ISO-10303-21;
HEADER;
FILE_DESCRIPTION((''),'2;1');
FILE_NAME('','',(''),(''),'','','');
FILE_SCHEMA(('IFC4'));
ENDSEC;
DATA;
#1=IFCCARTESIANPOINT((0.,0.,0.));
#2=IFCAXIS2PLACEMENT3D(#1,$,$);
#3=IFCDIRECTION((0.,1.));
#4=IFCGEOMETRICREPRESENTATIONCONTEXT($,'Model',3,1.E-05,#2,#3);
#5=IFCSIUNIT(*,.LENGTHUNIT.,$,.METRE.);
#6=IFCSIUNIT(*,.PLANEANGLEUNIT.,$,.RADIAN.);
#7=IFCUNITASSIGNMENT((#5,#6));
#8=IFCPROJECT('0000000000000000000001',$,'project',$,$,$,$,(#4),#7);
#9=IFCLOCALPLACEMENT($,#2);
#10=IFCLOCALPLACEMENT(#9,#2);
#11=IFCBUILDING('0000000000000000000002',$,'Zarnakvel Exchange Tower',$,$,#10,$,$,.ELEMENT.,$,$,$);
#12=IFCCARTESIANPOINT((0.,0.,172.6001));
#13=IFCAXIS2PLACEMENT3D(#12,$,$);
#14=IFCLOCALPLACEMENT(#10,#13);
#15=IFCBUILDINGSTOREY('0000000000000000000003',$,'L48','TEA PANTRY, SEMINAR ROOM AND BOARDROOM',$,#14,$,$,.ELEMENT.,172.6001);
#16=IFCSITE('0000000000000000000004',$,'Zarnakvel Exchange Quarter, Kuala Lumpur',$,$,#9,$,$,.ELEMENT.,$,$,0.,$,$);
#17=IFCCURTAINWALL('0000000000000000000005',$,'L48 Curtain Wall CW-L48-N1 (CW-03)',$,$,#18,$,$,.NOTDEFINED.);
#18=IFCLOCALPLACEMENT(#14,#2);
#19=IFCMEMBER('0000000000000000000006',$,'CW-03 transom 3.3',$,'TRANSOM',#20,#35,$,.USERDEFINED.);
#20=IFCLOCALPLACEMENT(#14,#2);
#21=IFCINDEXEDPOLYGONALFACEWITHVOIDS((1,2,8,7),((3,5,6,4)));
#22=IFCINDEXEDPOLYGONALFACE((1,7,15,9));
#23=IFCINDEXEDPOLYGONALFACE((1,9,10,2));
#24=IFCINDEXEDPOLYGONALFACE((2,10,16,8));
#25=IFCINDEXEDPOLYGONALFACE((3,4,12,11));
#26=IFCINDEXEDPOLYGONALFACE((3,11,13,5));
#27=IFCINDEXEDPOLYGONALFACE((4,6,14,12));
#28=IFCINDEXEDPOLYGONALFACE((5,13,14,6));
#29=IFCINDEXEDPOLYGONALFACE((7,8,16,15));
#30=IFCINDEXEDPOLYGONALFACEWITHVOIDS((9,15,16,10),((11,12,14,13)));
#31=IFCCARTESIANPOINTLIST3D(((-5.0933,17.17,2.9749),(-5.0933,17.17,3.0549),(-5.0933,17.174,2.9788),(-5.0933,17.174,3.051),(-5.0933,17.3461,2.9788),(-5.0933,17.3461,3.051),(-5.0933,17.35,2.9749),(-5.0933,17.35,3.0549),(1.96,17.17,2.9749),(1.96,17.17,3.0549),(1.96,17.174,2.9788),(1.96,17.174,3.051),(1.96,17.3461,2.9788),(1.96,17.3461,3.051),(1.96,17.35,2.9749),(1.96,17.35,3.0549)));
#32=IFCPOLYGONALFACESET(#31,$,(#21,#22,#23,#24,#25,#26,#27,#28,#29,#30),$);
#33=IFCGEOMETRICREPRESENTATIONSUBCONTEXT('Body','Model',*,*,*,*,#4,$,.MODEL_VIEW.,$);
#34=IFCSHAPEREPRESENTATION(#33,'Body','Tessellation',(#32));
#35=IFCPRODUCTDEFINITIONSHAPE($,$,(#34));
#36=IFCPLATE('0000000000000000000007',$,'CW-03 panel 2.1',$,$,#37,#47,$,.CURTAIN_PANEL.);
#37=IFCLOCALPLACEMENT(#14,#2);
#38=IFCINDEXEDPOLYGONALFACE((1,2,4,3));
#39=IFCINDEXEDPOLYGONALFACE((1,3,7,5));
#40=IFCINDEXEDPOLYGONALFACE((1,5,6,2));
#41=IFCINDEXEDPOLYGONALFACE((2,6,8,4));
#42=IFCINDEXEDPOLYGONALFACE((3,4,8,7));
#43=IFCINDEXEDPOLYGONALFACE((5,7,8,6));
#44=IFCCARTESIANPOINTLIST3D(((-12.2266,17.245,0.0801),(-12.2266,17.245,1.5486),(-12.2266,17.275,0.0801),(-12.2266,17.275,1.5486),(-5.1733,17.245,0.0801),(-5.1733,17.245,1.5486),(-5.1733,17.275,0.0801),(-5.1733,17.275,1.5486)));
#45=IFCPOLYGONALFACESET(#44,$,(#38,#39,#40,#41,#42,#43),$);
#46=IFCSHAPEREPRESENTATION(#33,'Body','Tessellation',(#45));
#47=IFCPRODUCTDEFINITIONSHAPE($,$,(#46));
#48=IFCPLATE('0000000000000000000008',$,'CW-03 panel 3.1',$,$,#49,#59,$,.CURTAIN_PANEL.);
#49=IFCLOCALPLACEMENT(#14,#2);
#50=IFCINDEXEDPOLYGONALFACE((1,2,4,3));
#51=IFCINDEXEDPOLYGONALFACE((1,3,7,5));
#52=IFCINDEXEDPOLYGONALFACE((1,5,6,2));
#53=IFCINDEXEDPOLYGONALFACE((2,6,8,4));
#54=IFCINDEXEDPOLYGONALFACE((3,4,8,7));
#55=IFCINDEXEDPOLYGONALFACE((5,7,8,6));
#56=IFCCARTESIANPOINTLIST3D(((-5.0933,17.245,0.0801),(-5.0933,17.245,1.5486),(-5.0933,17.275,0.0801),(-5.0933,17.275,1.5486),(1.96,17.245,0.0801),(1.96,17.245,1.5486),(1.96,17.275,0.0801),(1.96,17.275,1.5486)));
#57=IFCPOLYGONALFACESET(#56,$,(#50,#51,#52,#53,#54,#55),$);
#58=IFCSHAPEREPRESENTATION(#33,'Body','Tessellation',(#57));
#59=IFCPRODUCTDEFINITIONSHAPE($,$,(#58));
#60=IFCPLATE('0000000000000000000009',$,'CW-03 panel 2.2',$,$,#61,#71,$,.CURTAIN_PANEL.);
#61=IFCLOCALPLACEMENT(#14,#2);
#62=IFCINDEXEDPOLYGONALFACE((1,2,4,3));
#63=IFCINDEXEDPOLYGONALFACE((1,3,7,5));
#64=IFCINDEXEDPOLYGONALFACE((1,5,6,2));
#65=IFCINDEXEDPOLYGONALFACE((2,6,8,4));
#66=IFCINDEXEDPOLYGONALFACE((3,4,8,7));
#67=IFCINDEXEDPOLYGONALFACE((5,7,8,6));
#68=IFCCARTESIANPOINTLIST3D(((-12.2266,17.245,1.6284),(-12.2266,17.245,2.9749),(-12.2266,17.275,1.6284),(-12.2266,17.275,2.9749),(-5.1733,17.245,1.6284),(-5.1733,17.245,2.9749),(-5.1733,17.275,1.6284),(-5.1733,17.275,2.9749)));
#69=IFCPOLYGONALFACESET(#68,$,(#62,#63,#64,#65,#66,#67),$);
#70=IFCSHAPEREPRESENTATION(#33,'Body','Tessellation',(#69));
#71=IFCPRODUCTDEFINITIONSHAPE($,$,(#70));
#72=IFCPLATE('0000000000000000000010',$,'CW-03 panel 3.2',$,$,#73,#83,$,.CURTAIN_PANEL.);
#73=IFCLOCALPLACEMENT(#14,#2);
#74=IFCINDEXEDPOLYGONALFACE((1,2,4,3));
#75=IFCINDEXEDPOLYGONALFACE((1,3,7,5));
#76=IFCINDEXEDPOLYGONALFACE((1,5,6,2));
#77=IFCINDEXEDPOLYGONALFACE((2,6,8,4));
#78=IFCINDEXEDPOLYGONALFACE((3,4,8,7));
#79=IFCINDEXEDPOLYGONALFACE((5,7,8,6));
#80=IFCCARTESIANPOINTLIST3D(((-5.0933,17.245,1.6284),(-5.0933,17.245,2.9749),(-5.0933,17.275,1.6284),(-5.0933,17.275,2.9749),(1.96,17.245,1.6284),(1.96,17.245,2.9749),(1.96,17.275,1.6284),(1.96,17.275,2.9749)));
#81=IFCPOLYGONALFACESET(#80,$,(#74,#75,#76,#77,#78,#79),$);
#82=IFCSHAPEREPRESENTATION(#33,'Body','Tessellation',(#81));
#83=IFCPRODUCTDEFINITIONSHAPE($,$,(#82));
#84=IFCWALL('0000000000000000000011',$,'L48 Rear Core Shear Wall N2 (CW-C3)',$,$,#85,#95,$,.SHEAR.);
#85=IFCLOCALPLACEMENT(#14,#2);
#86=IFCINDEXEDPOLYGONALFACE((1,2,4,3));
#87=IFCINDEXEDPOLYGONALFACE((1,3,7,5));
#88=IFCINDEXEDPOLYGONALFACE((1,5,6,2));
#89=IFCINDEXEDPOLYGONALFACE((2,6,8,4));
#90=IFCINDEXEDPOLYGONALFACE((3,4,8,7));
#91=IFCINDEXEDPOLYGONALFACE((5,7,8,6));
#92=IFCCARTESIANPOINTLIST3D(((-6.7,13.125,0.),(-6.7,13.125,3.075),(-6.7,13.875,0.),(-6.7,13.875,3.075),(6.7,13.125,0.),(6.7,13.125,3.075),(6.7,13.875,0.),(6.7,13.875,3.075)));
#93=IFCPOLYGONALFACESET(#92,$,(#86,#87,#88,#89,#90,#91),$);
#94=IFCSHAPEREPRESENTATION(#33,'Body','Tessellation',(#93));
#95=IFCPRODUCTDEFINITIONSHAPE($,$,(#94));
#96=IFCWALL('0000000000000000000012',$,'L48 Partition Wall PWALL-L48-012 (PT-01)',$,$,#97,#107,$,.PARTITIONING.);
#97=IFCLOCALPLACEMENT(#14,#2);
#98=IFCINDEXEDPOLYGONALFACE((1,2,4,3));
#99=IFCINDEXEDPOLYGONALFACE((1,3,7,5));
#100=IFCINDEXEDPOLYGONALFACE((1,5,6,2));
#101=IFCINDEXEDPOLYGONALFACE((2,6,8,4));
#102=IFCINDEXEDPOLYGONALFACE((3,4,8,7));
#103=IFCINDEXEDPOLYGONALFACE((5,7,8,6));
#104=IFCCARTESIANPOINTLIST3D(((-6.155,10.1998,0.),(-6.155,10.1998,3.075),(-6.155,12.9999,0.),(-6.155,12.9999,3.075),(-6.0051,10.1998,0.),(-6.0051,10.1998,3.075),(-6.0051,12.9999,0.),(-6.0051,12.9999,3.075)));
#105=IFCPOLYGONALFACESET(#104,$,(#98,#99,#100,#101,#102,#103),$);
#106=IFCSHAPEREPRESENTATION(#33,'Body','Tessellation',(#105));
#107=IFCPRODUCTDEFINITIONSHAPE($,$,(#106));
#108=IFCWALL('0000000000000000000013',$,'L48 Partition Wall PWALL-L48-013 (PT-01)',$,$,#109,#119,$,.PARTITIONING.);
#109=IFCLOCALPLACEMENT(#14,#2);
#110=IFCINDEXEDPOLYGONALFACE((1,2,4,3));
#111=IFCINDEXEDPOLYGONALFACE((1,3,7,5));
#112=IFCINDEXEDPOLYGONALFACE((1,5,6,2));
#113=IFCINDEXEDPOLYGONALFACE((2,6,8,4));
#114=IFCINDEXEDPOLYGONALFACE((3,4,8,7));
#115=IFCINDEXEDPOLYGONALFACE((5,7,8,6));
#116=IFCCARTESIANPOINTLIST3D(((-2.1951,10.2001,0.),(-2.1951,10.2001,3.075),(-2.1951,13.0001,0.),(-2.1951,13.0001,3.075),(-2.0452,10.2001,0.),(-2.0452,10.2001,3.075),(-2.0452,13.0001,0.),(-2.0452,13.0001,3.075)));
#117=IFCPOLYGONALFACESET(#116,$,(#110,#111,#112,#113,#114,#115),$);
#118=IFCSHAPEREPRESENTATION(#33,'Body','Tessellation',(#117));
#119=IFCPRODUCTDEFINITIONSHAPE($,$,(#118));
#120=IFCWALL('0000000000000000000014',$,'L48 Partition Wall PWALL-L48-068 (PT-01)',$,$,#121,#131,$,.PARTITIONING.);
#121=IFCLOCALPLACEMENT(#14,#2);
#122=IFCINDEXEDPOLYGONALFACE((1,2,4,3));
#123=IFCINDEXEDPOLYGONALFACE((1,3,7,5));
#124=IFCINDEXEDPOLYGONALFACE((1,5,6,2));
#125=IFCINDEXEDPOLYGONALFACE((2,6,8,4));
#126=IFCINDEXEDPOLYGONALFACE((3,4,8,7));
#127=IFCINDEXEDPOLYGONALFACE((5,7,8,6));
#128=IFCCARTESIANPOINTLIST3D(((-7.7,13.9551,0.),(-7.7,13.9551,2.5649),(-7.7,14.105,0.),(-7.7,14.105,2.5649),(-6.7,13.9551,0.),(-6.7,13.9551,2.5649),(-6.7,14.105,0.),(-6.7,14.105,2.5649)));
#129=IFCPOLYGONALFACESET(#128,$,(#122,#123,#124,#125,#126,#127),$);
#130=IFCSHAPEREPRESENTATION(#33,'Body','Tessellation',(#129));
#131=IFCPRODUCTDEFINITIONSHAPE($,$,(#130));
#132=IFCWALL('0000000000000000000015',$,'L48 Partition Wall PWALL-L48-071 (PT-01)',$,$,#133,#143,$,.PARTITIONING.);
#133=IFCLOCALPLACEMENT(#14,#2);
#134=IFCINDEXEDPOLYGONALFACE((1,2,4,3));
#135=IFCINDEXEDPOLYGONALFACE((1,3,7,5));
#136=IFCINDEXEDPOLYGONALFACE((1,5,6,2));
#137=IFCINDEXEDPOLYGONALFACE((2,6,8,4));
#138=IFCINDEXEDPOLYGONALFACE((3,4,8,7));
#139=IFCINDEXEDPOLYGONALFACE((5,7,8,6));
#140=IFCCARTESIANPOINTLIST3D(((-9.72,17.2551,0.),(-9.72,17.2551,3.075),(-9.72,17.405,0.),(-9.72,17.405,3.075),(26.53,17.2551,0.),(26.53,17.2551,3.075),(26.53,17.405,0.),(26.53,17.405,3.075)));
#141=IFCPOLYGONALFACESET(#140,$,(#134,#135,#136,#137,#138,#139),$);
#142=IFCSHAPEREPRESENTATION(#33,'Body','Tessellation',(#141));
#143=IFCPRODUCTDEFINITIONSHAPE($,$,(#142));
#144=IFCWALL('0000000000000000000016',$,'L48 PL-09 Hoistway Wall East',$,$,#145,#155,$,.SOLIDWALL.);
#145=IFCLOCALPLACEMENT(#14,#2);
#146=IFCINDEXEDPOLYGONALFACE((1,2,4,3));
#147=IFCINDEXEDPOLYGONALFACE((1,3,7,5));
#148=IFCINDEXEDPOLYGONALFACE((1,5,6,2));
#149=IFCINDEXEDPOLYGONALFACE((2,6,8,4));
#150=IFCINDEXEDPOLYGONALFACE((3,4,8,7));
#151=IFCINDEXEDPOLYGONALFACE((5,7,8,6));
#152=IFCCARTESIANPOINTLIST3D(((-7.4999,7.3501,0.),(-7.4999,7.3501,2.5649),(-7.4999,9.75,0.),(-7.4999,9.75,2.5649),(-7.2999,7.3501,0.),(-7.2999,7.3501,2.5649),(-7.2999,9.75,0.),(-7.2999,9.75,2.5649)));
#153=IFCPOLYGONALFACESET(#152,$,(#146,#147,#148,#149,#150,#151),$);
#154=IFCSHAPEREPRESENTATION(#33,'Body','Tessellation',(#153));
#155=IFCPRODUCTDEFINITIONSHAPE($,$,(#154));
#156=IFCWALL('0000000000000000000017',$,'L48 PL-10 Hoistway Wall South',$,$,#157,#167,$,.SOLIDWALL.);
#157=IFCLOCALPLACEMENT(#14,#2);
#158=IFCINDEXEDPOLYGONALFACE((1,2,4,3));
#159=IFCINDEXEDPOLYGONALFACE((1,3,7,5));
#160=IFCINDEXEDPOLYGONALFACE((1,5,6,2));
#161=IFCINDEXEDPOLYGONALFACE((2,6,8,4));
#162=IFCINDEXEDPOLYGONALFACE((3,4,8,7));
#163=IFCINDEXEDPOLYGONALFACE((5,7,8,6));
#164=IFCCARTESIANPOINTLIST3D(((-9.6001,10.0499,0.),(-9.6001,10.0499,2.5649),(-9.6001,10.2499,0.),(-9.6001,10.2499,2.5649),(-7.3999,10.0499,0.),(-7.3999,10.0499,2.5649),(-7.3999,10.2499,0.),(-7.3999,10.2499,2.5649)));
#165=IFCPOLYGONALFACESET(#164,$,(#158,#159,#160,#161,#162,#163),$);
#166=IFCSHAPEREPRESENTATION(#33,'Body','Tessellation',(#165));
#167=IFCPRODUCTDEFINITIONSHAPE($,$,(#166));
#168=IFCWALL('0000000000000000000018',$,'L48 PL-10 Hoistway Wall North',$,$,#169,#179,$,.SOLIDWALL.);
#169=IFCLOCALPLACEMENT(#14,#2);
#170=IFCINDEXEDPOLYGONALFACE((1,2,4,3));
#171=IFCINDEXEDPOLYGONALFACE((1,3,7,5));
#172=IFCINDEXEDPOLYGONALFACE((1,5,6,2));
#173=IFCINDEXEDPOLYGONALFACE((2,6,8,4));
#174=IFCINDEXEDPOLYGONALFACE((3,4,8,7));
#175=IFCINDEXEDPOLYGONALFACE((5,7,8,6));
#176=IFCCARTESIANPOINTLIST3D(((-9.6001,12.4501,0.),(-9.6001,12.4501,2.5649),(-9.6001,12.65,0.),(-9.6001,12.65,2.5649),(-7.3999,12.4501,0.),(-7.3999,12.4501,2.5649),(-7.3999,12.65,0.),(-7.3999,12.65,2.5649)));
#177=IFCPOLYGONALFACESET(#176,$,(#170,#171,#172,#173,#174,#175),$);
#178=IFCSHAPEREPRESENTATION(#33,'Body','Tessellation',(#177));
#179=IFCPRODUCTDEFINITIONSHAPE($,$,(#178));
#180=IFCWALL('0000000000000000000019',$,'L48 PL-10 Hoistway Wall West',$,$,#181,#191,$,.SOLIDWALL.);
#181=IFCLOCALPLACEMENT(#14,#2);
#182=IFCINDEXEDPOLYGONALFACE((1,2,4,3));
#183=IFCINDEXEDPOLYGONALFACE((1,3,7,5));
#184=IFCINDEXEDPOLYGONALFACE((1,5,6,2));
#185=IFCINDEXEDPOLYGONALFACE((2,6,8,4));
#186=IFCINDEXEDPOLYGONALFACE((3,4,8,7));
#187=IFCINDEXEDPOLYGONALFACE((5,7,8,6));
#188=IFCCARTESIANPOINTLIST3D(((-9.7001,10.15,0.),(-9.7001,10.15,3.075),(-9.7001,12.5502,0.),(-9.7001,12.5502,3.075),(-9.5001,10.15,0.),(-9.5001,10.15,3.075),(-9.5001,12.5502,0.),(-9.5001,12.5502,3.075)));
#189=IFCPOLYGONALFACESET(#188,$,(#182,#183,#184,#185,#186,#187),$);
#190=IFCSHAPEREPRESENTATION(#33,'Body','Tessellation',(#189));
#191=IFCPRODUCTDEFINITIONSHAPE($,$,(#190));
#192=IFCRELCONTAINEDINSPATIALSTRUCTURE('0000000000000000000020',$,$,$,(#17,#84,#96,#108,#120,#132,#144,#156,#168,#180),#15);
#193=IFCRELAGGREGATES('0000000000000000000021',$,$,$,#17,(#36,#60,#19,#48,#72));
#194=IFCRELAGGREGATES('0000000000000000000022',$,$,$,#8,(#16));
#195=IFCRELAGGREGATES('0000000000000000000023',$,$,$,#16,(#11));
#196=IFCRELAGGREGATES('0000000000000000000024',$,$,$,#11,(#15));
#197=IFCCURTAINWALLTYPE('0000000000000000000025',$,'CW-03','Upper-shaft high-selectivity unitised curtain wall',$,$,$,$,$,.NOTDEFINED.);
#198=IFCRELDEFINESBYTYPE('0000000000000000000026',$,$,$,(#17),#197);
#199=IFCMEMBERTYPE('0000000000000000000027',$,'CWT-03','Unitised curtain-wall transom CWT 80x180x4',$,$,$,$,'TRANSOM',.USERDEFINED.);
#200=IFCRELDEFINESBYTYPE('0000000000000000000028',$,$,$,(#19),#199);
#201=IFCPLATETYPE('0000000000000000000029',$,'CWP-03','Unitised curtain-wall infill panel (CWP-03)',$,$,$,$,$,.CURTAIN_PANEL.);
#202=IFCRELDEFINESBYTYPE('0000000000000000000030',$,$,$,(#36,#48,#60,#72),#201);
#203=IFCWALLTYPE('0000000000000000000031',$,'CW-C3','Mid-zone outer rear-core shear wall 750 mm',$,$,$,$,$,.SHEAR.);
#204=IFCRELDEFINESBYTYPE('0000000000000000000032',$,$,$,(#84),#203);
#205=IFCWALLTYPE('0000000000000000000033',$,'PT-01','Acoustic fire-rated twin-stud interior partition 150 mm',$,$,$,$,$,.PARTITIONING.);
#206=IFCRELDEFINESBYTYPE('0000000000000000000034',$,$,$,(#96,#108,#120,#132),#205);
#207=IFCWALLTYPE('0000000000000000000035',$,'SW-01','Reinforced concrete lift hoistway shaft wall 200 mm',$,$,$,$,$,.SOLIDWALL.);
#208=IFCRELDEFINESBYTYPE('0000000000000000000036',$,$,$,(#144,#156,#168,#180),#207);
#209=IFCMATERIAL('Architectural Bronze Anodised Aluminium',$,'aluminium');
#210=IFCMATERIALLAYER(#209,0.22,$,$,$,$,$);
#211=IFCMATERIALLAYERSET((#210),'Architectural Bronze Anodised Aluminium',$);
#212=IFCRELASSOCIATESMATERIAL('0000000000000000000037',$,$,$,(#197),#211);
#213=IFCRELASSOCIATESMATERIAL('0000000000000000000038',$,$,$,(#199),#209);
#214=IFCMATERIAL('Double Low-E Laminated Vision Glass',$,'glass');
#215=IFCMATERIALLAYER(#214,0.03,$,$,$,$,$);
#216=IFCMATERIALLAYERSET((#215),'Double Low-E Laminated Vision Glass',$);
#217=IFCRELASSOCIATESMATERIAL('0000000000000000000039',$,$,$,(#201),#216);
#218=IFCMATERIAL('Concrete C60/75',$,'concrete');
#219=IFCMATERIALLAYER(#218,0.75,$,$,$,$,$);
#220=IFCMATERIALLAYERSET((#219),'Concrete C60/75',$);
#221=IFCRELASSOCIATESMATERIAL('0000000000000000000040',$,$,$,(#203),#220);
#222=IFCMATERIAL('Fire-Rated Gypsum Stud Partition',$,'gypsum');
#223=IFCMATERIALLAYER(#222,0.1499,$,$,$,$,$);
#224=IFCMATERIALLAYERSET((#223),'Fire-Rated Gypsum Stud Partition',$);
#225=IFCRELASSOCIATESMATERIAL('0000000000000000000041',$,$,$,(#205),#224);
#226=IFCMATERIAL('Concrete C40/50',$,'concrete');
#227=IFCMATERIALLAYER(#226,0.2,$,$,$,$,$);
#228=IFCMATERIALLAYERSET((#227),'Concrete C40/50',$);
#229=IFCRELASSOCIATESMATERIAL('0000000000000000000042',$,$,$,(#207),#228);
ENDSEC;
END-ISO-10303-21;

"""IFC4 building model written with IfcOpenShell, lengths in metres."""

from ifc_helpers import new_model, si_unit, direction, frame, frame_2d, origin, origin_2d, place, context, subcontext, project, spatial, rectangle, hollow_rectangle, extrude, source, transform, mapped, material, layer, layer_set, material_profile, profile_set, type_object, element, aggregate, save


model = new_model("IFC4")

# Units and contexts
model_context = context("Model", 3, precision=1e-05, world=origin(), true_north=direction((0.0, 1.0)))
body_context = subcontext(model_context, "Body", "Model", "MODEL_VIEW")
ifc_project = project(units=[si_unit("LENGTHUNIT", "METRE"), si_unit("PLANEANGLEUNIT", "RADIAN")], contexts=[model_context])

# Site, building, storey
site_placement = place(None, origin())
site = spatial("IfcSite", under=ifc_project, at=site_placement, Name="Zarnakvel Exchange Quarter, Kuala Lumpur", CompositionType="ELEMENT", RefElevation=0.0)
building_placement = place(site_placement, origin())
building = spatial("IfcBuilding", under=site, at=building_placement, Name="Zarnakvel Exchange Tower", CompositionType="ELEMENT")
storey_placement = place(building_placement, frame((0.0, 0.0, 172.6001)))
storey = spatial("IfcBuildingStorey", under=building, at=storey_placement, Name="L48", Description="TEA PANTRY, SEMINAR ROOM AND BOARDROOM", CompositionType="ELEMENT", Elevation=172.6001)

# Shared definitions
ifc_material_1 = material(Name="Concrete C60/75", Category="concrete")

# Curtain wall, member, plates
ifc_material_2 = material(Name="Architectural Bronze Anodised Aluminium", Category="aluminium")
ifc_layer_1 = layer(ifc_material_2, 0.22)
ifc_layer_set_1 = layer_set([ifc_layer_1], Name="Architectural Bronze Anodised Aluminium")
curtain_wall_type = type_object("IfcCurtainWallType", Name="CW-03", Description="Upper-shaft high-selectivity unitised curtain wall", PredefinedType="NOTDEFINED", material=ifc_layer_set_1)
curtain_wall_placement = place(storey_placement, origin())
curtain_wall = element("IfcCurtainWall", 1, at=curtain_wall_placement, inside=storey, type_object=curtain_wall_type, Name="L48 Curtain Wall CW-L48-N1 (CW-03)", PredefinedType="NOTDEFINED")
ifc_material_profile_1 = material_profile(ifc_material_2, hollow_rectangle(XDim=0.1799, YDim=0.0801, WallThickness=0.0039, at=origin_2d()))
ifc_profile_set_1 = profile_set([ifc_material_profile_1], Name="Architectural Bronze Anodised Aluminium")
member_type_1 = type_object("IfcMemberType", Name="CWT-03", Description="Unitised curtain-wall transom CWT 80x180x4", ElementType="TRANSOM", PredefinedType="USERDEFINED", material=ifc_profile_set_1)
shared_shape_1 = source(origin(), body_context, "Body", "SweptSolid", [
    extrude(hollow_rectangle(XDim=0.1799, YDim=0.0801, WallThickness=0.0039, at=origin_2d()), origin(), (0.0, 0.0, 1.0), 7.0532),
])
member_1_placement = place(storey_placement, frame((-5.0933, 17.26, 3.0149), z_axis=(1.0, 0.0, 0.0), x_axis=(0.0, 1.0, 0.0)))
member_1 = element("IfcMember", 2, at=member_1_placement, type_object=member_type_1, Name="CW-03 transom 3.3", ObjectType="TRANSOM", PredefinedType="USERDEFINED", context=body_context, shape_type="MappedRepresentation", body=[
    mapped(shared_shape_1, transform((0.0, 0.0, 0.0), x_axis=(1.0, 0.0, 0.0), y_axis=(0.0, 1.0, 0.0), z_axis=(0.0, 0.0, 1.0), scale=1.0)),
])
ifc_material_3 = material(Name="Double Low-E Laminated Vision Glass", Category="glass")
ifc_layer_2 = layer(ifc_material_3, 0.03)
ifc_layer_set_2 = layer_set([ifc_layer_2], Name="Double Low-E Laminated Vision Glass")
plate_type = type_object("IfcPlateType", Name="CWP-03", Description="Unitised curtain-wall infill panel (CWP-03)", PredefinedType="CURTAIN_PANEL", material=ifc_layer_set_2)
shared_shape_2 = source(origin(), body_context, "Body", "SweptSolid", [
    extrude(rectangle(XDim=7.0532, YDim=0.03, at=origin_2d()), origin(), (0.0, 0.0, 1.0), 1.4685),
])
plate_1_placement = place(storey_placement, frame((-8.7, 17.26, 0.0801), z_axis=(0.0, 0.0, 1.0), x_axis=(1.0, 0.0, 0.0)))
plate_1 = element("IfcPlate", 3, at=plate_1_placement, type_object=plate_type, Name="CW-03 panel 2.1", PredefinedType="CURTAIN_PANEL", context=body_context, shape_type="MappedRepresentation", body=[
    mapped(shared_shape_2, transform((0.0, 0.0, 0.0), x_axis=(1.0, 0.0, 0.0), y_axis=(0.0, 1.0, 0.0), z_axis=(0.0, 0.0, 1.0), scale=1.0)),
])
plate_2_placement = place(storey_placement, frame((-1.5667, 17.26, 0.0801), z_axis=(0.0, 0.0, 1.0), x_axis=(1.0, 0.0, 0.0)))
plate_2 = element("IfcPlate", 4, at=plate_2_placement, type_object=plate_type, Name="CW-03 panel 3.1", PredefinedType="CURTAIN_PANEL", context=body_context, shape_type="MappedRepresentation", body=[
    mapped(shared_shape_2, transform((0.0, 0.0, 0.0), x_axis=(1.0, 0.0, 0.0), y_axis=(0.0, 1.0, 0.0), z_axis=(0.0, 0.0, 1.0), scale=1.0)),
])
shared_shape_3 = source(origin(), body_context, "Body", "SweptSolid", [
    extrude(rectangle(XDim=7.0532, YDim=0.03, at=origin_2d()), origin(), (0.0, 0.0, 1.0), 1.3464),
])
plate_3_placement = place(storey_placement, frame((-8.7, 17.26, 1.6284), z_axis=(0.0, 0.0, 1.0), x_axis=(1.0, 0.0, 0.0)))
plate_3 = element("IfcPlate", 5, at=plate_3_placement, type_object=plate_type, Name="CW-03 panel 2.2", PredefinedType="CURTAIN_PANEL", context=body_context, shape_type="MappedRepresentation", body=[
    mapped(shared_shape_3, transform((0.0, 0.0, 0.0), x_axis=(1.0, 0.0, 0.0), y_axis=(0.0, 1.0, 0.0), z_axis=(0.0, 0.0, 1.0), scale=1.0)),
])
plate_4_placement = place(storey_placement, frame((-1.5667, 17.26, 1.6284), z_axis=(0.0, 0.0, 1.0), x_axis=(1.0, 0.0, 0.0)))
plate_4 = element("IfcPlate", 6, at=plate_4_placement, type_object=plate_type, Name="CW-03 panel 3.2", PredefinedType="CURTAIN_PANEL", context=body_context, shape_type="MappedRepresentation", body=[
    mapped(shared_shape_3, transform((0.0, 0.0, 0.0), x_axis=(1.0, 0.0, 0.0), y_axis=(0.0, 1.0, 0.0), z_axis=(0.0, 0.0, 1.0), scale=1.0)),
])
aggregate(curtain_wall, [plate_1, plate_3, member_1, plate_2, plate_4])

# Wall
ifc_layer_3 = layer(ifc_material_1, 0.75)
ifc_layer_set_3 = layer_set([ifc_layer_3], Name="Concrete C60/75")
wall_type_1 = type_object("IfcWallType", Name="CW-C3", Description="Mid-zone outer rear-core shear wall 750 mm", PredefinedType="SHEAR", material=ifc_layer_set_3)
wall_1_placement = place(storey_placement, frame((-6.7, 13.5, 0.0), z_axis=(0.0, 0.0, 1.0), x_axis=(1.0, 0.0, 0.0)))
element("IfcWall", 7, at=wall_1_placement, inside=storey, type_object=wall_type_1, Name="L48 Rear Core Shear Wall N2 (CW-C3)", PredefinedType="SHEAR", context=body_context, shape_type="SweptSolid", body=[
    extrude(rectangle(XDim=13.3999, YDim=0.75, at=frame_2d((6.7, 0.0))), origin(), (0.0, 0.0, 1.0), 3.075),
])

# Shared definitions
ifc_material_4 = material(Name="Fire-Rated Gypsum Stud Partition", Category="gypsum")
ifc_layer_4 = layer(ifc_material_4, 0.1499)
ifc_layer_set_4 = layer_set([ifc_layer_4], Name="Fire-Rated Gypsum Stud Partition")
wall_type_2 = type_object("IfcWallType", Name="PT-01", Description="Acoustic fire-rated twin-stud interior partition 150 mm", PredefinedType="PARTITIONING", material=ifc_layer_set_4)

# Walls
for number, where, z_axis, x_axis, name in (
    (8, (-6.0801, 10.2, 0.0), (0.0, 0.0, 1.0), (0.0, 1.0, 0.0), "L48 Partition Wall PWALL-L48-012 (PT-01)"),
    (9, (-2.1201, 13.0, 0.0), (0.0, 0.0, 1.0), (0.0, -1.0, 0.0), "L48 Partition Wall PWALL-L48-013 (PT-01)"),
):
    element("IfcWall", number, at=place(storey_placement, frame(where, z_axis=z_axis, x_axis=x_axis)), inside=storey, type_object=wall_type_2, Name=name, PredefinedType="PARTITIONING", context=body_context, shape_type="SweptSolid", body=[
        extrude(rectangle(XDim=2.8, YDim=0.1499, at=frame_2d((1.3999, 0.0))), origin(), (0.0, 0.0, 1.0), 3.075),
    ])
wall_2_placement = place(storey_placement, frame((-6.7, 14.03, 0.0), z_axis=(0.0, 0.0, 1.0), x_axis=(-1.0, 0.0, 0.0)))
element("IfcWall", 10, at=wall_2_placement, inside=storey, type_object=wall_type_2, Name="L48 Partition Wall PWALL-L48-068 (PT-01)", PredefinedType="PARTITIONING", context=body_context, shape_type="SweptSolid", body=[
    extrude(rectangle(XDim=1.0, YDim=0.1499, at=frame_2d((0.5, 0.0))), origin(), (0.0, 0.0, 1.0), 2.5649),
])
wall_3_placement = place(storey_placement, frame((-9.72, 17.3301, 0.0), z_axis=(0.0, 0.0, 1.0), x_axis=(1.0, 0.0, 0.0)))
element("IfcWall", 11, at=wall_3_placement, inside=storey, type_object=wall_type_2, Name="L48 Partition Wall PWALL-L48-071 (PT-01)", PredefinedType="PARTITIONING", context=body_context, shape_type="SweptSolid", body=[
    extrude(rectangle(XDim=36.25, YDim=0.1499, at=frame_2d((18.125, 0.0))), origin(), (0.0, 0.0, 1.0), 3.075),
])

# Walls
ifc_material_5 = material(Name="Concrete C40/50", Category="concrete")
ifc_layer_5 = layer(ifc_material_5, 0.2)
ifc_layer_set_5 = layer_set([ifc_layer_5], Name="Concrete C40/50")
wall_type_3 = type_object("IfcWallType", Name="SW-01", Description="Reinforced concrete lift hoistway shaft wall 200 mm", PredefinedType="SOLIDWALL", material=ifc_layer_set_5)
wall_4_placement = place(storey_placement, frame((-7.3999, 9.75, 0.0), z_axis=(0.0, 0.0, 1.0), x_axis=(0.0, -1.0, 0.0)))
element("IfcWall", 12, at=wall_4_placement, inside=storey, type_object=wall_type_3, Name="L48 PL-09 Hoistway Wall East", PredefinedType="SOLIDWALL", context=body_context, shape_type="SweptSolid", body=[
    extrude(rectangle(XDim=2.3999, YDim=0.2, at=frame_2d((1.2, 0.0))), origin(), (0.0, 0.0, 1.0), 2.5649),
])
for number, where, z_axis, x_axis, name in (
    (13, (-7.3999, 10.1499, 0.0), (0.0, 0.0, 1.0), (-1.0, 0.0, 0.0), "L48 PL-10 Hoistway Wall South"),
    (14, (-9.6001, 12.55, 0.0), (0.0, 0.0, 1.0), (1.0, 0.0, 0.0), "L48 PL-10 Hoistway Wall North"),
):
    element("IfcWall", number, at=place(storey_placement, frame(where, z_axis=z_axis, x_axis=x_axis)), inside=storey, type_object=wall_type_3, Name=name, PredefinedType="SOLIDWALL", context=body_context, shape_type="SweptSolid", body=[
        extrude(rectangle(XDim=2.2002, YDim=0.2, at=frame_2d((1.1001, 0.0))), origin(), (0.0, 0.0, 1.0), 2.5649),
    ])
wall_5_placement = place(storey_placement, frame((-9.6001, 10.1499, 0.0), z_axis=(0.0, 0.0, 1.0), x_axis=(0.0, 1.0, 0.0)))
element("IfcWall", 15, at=wall_5_placement, inside=storey, type_object=wall_type_3, Name="L48 PL-10 Hoistway Wall West", PredefinedType="SOLIDWALL", context=body_context, shape_type="SweptSolid", body=[
    extrude(rectangle(XDim=2.4001, YDim=0.2, at=frame_2d((1.2002, 0.0))), origin(), (0.0, 0.0, 1.0), 3.075),
])

save(model, "model.ifc")
